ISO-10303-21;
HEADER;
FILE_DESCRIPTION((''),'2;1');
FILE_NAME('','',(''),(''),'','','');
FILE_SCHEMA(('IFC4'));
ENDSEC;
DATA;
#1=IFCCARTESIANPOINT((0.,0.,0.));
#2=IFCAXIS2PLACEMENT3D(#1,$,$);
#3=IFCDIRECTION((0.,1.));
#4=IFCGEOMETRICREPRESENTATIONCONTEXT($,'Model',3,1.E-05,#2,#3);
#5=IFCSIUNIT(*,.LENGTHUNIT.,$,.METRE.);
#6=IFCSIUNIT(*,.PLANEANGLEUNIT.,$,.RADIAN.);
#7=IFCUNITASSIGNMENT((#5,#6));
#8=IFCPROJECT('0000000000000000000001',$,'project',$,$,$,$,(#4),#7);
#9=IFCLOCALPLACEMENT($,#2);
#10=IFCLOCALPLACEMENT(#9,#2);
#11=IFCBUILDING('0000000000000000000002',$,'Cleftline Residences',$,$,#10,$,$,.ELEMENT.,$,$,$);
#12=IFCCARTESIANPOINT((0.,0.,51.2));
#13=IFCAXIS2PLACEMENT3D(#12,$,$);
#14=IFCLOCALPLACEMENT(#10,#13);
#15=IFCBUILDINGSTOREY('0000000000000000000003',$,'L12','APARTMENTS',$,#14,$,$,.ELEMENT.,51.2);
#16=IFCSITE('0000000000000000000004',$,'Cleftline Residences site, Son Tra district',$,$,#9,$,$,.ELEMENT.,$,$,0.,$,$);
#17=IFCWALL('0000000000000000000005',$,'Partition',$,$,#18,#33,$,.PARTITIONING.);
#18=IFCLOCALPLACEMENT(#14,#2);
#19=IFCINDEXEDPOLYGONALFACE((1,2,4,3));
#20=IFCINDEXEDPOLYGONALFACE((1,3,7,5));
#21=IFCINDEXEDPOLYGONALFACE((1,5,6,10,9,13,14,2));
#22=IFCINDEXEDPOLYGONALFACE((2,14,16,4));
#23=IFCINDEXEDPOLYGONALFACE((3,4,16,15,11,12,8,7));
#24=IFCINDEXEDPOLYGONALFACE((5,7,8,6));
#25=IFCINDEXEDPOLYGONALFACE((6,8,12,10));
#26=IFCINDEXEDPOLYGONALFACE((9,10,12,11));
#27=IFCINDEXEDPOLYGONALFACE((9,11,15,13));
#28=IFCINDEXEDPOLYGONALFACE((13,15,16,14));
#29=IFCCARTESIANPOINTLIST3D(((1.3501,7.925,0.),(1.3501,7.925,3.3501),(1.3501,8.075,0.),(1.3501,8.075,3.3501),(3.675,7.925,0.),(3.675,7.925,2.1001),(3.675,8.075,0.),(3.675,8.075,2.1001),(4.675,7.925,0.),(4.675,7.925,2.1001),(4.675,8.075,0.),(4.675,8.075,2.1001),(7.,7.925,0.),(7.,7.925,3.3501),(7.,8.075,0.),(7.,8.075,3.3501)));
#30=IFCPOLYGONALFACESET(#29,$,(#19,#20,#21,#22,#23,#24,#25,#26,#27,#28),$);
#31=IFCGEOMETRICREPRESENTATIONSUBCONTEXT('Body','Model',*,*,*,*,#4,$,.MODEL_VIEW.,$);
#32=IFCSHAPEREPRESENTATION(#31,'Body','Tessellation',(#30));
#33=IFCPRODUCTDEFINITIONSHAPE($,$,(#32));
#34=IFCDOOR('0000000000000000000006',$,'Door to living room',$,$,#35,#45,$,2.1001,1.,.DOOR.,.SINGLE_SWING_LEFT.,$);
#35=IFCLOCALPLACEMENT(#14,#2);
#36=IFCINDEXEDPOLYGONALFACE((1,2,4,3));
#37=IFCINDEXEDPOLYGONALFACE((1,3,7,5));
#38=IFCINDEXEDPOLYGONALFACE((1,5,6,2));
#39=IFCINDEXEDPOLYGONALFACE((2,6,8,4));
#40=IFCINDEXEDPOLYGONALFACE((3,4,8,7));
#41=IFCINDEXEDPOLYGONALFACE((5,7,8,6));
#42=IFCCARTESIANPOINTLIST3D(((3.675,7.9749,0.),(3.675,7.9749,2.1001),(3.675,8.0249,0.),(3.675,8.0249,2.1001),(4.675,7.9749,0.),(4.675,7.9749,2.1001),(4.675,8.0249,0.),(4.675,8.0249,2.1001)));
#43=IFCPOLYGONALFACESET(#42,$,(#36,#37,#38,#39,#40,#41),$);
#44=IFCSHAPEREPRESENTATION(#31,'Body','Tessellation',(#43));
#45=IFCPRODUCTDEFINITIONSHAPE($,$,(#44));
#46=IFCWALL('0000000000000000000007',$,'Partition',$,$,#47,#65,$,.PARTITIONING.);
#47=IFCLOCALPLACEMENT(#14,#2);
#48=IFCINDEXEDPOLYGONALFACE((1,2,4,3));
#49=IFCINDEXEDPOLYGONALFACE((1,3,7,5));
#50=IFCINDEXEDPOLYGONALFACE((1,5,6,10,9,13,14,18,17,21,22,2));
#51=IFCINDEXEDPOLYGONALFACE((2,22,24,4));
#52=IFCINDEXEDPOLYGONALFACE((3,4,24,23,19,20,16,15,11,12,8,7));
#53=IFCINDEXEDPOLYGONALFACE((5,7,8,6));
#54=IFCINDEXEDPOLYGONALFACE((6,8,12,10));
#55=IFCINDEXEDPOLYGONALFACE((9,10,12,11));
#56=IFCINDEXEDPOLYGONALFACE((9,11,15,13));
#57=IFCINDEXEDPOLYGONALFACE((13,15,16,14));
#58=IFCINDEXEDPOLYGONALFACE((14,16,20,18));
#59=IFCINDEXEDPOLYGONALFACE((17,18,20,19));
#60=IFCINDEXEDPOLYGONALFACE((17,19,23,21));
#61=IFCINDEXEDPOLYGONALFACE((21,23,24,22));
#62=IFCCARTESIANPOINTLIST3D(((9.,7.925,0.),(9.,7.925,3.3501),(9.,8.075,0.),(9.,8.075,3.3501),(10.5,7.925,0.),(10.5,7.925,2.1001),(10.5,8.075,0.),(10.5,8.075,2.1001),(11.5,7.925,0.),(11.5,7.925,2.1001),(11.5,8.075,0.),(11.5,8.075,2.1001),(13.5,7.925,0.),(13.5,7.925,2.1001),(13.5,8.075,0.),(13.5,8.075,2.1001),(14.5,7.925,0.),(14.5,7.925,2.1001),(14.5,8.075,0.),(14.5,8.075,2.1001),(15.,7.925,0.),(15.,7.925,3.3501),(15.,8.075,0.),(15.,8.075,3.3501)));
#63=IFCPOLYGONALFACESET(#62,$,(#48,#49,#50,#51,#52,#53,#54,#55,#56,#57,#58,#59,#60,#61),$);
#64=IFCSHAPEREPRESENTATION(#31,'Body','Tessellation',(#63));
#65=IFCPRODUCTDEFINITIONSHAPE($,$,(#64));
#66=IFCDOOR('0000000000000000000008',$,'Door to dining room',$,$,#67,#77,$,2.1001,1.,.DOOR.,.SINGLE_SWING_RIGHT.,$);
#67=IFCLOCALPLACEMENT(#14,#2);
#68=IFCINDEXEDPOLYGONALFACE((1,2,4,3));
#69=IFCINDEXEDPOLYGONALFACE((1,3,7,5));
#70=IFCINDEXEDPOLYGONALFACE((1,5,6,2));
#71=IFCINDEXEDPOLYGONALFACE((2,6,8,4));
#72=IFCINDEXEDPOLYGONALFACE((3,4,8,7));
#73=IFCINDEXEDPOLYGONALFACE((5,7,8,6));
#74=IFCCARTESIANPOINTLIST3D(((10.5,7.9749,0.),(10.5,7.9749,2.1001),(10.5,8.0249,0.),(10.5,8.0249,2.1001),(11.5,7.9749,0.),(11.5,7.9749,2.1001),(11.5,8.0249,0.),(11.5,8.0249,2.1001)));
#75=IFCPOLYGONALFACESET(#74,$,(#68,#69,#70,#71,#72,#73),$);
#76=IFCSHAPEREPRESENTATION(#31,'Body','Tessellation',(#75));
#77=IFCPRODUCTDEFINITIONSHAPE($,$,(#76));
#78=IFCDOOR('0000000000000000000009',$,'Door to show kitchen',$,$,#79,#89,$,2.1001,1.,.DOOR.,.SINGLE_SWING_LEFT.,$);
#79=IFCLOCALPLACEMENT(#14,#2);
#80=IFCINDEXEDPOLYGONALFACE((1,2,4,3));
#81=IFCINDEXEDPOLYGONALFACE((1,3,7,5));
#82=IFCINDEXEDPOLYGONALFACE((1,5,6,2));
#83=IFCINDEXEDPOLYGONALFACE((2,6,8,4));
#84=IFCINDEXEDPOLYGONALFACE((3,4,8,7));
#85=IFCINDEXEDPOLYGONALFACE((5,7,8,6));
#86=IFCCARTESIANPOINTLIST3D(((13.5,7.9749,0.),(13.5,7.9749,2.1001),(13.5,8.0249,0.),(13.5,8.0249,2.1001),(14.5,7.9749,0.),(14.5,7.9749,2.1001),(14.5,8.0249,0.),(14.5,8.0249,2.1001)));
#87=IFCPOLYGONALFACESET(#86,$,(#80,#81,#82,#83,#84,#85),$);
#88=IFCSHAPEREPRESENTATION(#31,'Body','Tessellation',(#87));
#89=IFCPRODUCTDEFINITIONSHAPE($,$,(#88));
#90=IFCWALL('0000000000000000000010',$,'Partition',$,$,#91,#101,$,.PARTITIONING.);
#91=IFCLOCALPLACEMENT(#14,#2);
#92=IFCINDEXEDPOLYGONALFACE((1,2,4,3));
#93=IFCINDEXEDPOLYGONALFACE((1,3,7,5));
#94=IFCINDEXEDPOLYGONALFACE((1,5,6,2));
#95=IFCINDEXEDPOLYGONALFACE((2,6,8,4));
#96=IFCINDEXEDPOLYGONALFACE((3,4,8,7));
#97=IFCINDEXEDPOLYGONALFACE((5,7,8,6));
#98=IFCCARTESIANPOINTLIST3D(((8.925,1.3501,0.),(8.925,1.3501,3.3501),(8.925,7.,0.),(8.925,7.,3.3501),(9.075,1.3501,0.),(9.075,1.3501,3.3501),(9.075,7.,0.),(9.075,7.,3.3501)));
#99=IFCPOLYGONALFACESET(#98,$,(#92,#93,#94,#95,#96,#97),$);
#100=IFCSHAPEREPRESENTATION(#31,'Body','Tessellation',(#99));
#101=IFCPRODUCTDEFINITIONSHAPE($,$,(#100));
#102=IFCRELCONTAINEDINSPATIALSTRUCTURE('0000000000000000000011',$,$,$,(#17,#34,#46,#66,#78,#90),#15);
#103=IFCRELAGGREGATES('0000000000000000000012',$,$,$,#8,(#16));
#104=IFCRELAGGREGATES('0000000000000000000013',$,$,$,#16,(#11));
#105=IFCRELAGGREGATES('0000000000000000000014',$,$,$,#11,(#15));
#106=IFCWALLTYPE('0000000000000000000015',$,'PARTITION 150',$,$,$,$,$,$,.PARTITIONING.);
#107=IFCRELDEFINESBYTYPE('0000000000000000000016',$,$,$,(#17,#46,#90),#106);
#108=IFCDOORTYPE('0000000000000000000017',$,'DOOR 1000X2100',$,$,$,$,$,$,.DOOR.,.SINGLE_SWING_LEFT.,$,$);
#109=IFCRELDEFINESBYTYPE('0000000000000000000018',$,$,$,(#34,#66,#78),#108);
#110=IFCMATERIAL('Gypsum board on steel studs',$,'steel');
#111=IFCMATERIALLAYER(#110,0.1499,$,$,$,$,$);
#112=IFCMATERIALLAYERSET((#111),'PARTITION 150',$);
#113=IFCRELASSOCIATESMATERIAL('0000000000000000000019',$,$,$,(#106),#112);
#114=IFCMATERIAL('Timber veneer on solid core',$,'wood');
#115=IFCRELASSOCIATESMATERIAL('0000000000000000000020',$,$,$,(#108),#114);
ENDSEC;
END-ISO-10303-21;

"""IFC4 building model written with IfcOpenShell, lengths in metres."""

from ifc_helpers import new_model, si_unit, direction, frame, frame_2d, origin, place, context, subcontext, project, spatial, rectangle, extrude, material, layer, layer_set, type_object, element, fill, save


model = new_model("IFC4")

# Units and contexts
model_context = context("Model", 3, precision=1e-05, world=origin(), true_north=direction((0.0, 1.0)))
body_context = subcontext(model_context, "Body", "Model", "MODEL_VIEW")
ifc_project = project(units=[si_unit("LENGTHUNIT", "METRE"), si_unit("PLANEANGLEUNIT", "RADIAN")], contexts=[model_context])

# Site, building, storey
site_placement = place(None, origin())
site = spatial("IfcSite", under=ifc_project, at=site_placement, Name="Cleftline Residences site, Son Tra district", CompositionType="ELEMENT", RefElevation=0.0)
building_placement = place(site_placement, origin())
building = spatial("IfcBuilding", under=site, at=building_placement, Name="Cleftline Residences", CompositionType="ELEMENT")
storey_placement = place(building_placement, frame((0.0, 0.0, 51.2)))
storey = spatial("IfcBuildingStorey", under=building, at=storey_placement, Name="L12", Description="APARTMENTS", CompositionType="ELEMENT", Elevation=51.2)

# Wall, opening, door
ifc_material_1 = material(Name="Gypsum board on steel studs", Category="steel")
ifc_layer_1 = layer(ifc_material_1, 0.1499)
ifc_layer_set_1 = layer_set([ifc_layer_1], Name="PARTITION 150")
wall_type_1 = type_object("IfcWallType", Name="PARTITION 150", PredefinedType="PARTITIONING", material=ifc_layer_set_1)
wall_1_placement = place(storey_placement, frame((1.3501, 8.0, 0.0), z_axis=(0.0, 0.0, 1.0), x_axis=(1.0, 0.0, 0.0)))
wall_1 = element("IfcWall", 1, at=wall_1_placement, inside=storey, type_object=wall_type_1, Name="Partition", PredefinedType="PARTITIONING", context=body_context, shape_type="SweptSolid", body=[
    extrude(rectangle(XDim=5.6499, YDim=0.1499, at=frame_2d((2.825, 0.0))), origin(), (0.0, 0.0, 1.0), 3.3501),
])
opening_1_placement = place(wall_1_placement, frame((2.325, 0.0, 0.0)))
opening_1 = element("IfcOpeningElement", 2, at=opening_1_placement, cuts=wall_1, PredefinedType="OPENING", context=body_context, shape_type="SweptSolid", body=[
    extrude(rectangle(XDim=1.0, YDim=2.1001, at=frame_2d((0.5, 1.05))), frame((0.0, 0.085, 0.0), z_axis=(0.0, -1.0, 0.0), x_axis=(1.0, 0.0, 0.0)), (0.0, 0.0, 1.0), 0.1699),
])
ifc_material_2 = material(Name="Timber veneer on solid core", Category="wood")
door_type = type_object("IfcDoorType", Name="DOOR 1000X2100", OperationType="SINGLE_SWING_LEFT", PredefinedType="DOOR", material=ifc_material_2)
door_1_placement = place(opening_1_placement, origin())
door_1 = element("IfcDoor", 3, at=door_1_placement, inside=storey, type_object=door_type, Name="Door to living room", OperationType="SINGLE_SWING_LEFT", OverallHeight=2.1001, OverallWidth=1.0, PredefinedType="DOOR", context=body_context, shape_type="SweptSolid", body=[
    extrude(rectangle(XDim=1.0, YDim=2.1001, at=frame_2d((0.5, 1.05))), frame((0.0, 0.0249, 0.0), z_axis=(0.0, -1.0, 0.0), x_axis=(1.0, 0.0, 0.0)), (0.0, 0.0, 1.0), 0.05),
])
fill(opening_1, door_1)

# Wall, openings, doors
wall_2_placement = place(storey_placement, frame((9.0, 8.0, 0.0), z_axis=(0.0, 0.0, 1.0), x_axis=(1.0, 0.0, 0.0)))
wall_2 = element("IfcWall", 4, at=wall_2_placement, inside=storey, type_object=wall_type_1, Name="Partition", PredefinedType="PARTITIONING", context=body_context, shape_type="SweptSolid", body=[
    extrude(rectangle(XDim=6.0, YDim=0.1499, at=frame_2d((3.0, 0.0))), origin(), (0.0, 0.0, 1.0), 3.3501),
])
opening_2_placement = place(wall_2_placement, frame((1.5, 0.0, 0.0)))
opening_2 = element("IfcOpeningElement", 5, at=opening_2_placement, cuts=wall_2, PredefinedType="OPENING", context=body_context, shape_type="SweptSolid", body=[
    extrude(rectangle(XDim=1.0, YDim=2.1001, at=frame_2d((0.5, 1.05))), frame((0.0, 0.085, 0.0), z_axis=(0.0, -1.0, 0.0), x_axis=(1.0, 0.0, 0.0)), (0.0, 0.0, 1.0), 0.1699),
])
opening_3_placement = place(wall_2_placement, frame((4.5, 0.0, 0.0)))
opening_3 = element("IfcOpeningElement", 6, at=opening_3_placement, cuts=wall_2, PredefinedType="OPENING", context=body_context, shape_type="SweptSolid", body=[
    extrude(rectangle(XDim=1.0, YDim=2.1001, at=frame_2d((0.5, 1.05))), frame((0.0, 0.085, 0.0), z_axis=(0.0, -1.0, 0.0), x_axis=(1.0, 0.0, 0.0)), (0.0, 0.0, 1.0), 0.1699),
])
door_2_placement = place(opening_2_placement, origin())
door_2 = element("IfcDoor", 7, at=door_2_placement, inside=storey, type_object=door_type, Name="Door to dining room", OperationType="SINGLE_SWING_RIGHT", OverallHeight=2.1001, OverallWidth=1.0, PredefinedType="DOOR", context=body_context, shape_type="SweptSolid", body=[
    extrude(rectangle(XDim=1.0, YDim=2.1001, at=frame_2d((0.5, 1.05))), frame((0.0, 0.0249, 0.0), z_axis=(0.0, -1.0, 0.0), x_axis=(1.0, 0.0, 0.0)), (0.0, 0.0, 1.0), 0.05),
])
fill(opening_2, door_2)
door_3_placement = place(opening_3_placement, origin())
door_3 = element("IfcDoor", 8, at=door_3_placement, inside=storey, type_object=door_type, Name="Door to show kitchen", OperationType="SINGLE_SWING_LEFT", OverallHeight=2.1001, OverallWidth=1.0, PredefinedType="DOOR", context=body_context, shape_type="SweptSolid", body=[
    extrude(rectangle(XDim=1.0, YDim=2.1001, at=frame_2d((0.5, 1.05))), frame((0.0, 0.0249, 0.0), z_axis=(0.0, -1.0, 0.0), x_axis=(1.0, 0.0, 0.0)), (0.0, 0.0, 1.0), 0.05),
])
fill(opening_3, door_3)

# Wall
wall_3_placement = place(storey_placement, frame((9.0, 1.3501, 0.0), z_axis=(0.0, 0.0, 1.0), x_axis=(0.0, 1.0, 0.0)))
element("IfcWall", 9, at=wall_3_placement, inside=storey, type_object=wall_type_1, Name="Partition", PredefinedType="PARTITIONING", context=body_context, shape_type="SweptSolid", body=[
    extrude(rectangle(XDim=5.6499, YDim=0.1499, at=frame_2d((2.825, 0.0))), origin(), (0.0, 0.0, 1.0), 3.3501),
])

save(model, "model.ifc")
